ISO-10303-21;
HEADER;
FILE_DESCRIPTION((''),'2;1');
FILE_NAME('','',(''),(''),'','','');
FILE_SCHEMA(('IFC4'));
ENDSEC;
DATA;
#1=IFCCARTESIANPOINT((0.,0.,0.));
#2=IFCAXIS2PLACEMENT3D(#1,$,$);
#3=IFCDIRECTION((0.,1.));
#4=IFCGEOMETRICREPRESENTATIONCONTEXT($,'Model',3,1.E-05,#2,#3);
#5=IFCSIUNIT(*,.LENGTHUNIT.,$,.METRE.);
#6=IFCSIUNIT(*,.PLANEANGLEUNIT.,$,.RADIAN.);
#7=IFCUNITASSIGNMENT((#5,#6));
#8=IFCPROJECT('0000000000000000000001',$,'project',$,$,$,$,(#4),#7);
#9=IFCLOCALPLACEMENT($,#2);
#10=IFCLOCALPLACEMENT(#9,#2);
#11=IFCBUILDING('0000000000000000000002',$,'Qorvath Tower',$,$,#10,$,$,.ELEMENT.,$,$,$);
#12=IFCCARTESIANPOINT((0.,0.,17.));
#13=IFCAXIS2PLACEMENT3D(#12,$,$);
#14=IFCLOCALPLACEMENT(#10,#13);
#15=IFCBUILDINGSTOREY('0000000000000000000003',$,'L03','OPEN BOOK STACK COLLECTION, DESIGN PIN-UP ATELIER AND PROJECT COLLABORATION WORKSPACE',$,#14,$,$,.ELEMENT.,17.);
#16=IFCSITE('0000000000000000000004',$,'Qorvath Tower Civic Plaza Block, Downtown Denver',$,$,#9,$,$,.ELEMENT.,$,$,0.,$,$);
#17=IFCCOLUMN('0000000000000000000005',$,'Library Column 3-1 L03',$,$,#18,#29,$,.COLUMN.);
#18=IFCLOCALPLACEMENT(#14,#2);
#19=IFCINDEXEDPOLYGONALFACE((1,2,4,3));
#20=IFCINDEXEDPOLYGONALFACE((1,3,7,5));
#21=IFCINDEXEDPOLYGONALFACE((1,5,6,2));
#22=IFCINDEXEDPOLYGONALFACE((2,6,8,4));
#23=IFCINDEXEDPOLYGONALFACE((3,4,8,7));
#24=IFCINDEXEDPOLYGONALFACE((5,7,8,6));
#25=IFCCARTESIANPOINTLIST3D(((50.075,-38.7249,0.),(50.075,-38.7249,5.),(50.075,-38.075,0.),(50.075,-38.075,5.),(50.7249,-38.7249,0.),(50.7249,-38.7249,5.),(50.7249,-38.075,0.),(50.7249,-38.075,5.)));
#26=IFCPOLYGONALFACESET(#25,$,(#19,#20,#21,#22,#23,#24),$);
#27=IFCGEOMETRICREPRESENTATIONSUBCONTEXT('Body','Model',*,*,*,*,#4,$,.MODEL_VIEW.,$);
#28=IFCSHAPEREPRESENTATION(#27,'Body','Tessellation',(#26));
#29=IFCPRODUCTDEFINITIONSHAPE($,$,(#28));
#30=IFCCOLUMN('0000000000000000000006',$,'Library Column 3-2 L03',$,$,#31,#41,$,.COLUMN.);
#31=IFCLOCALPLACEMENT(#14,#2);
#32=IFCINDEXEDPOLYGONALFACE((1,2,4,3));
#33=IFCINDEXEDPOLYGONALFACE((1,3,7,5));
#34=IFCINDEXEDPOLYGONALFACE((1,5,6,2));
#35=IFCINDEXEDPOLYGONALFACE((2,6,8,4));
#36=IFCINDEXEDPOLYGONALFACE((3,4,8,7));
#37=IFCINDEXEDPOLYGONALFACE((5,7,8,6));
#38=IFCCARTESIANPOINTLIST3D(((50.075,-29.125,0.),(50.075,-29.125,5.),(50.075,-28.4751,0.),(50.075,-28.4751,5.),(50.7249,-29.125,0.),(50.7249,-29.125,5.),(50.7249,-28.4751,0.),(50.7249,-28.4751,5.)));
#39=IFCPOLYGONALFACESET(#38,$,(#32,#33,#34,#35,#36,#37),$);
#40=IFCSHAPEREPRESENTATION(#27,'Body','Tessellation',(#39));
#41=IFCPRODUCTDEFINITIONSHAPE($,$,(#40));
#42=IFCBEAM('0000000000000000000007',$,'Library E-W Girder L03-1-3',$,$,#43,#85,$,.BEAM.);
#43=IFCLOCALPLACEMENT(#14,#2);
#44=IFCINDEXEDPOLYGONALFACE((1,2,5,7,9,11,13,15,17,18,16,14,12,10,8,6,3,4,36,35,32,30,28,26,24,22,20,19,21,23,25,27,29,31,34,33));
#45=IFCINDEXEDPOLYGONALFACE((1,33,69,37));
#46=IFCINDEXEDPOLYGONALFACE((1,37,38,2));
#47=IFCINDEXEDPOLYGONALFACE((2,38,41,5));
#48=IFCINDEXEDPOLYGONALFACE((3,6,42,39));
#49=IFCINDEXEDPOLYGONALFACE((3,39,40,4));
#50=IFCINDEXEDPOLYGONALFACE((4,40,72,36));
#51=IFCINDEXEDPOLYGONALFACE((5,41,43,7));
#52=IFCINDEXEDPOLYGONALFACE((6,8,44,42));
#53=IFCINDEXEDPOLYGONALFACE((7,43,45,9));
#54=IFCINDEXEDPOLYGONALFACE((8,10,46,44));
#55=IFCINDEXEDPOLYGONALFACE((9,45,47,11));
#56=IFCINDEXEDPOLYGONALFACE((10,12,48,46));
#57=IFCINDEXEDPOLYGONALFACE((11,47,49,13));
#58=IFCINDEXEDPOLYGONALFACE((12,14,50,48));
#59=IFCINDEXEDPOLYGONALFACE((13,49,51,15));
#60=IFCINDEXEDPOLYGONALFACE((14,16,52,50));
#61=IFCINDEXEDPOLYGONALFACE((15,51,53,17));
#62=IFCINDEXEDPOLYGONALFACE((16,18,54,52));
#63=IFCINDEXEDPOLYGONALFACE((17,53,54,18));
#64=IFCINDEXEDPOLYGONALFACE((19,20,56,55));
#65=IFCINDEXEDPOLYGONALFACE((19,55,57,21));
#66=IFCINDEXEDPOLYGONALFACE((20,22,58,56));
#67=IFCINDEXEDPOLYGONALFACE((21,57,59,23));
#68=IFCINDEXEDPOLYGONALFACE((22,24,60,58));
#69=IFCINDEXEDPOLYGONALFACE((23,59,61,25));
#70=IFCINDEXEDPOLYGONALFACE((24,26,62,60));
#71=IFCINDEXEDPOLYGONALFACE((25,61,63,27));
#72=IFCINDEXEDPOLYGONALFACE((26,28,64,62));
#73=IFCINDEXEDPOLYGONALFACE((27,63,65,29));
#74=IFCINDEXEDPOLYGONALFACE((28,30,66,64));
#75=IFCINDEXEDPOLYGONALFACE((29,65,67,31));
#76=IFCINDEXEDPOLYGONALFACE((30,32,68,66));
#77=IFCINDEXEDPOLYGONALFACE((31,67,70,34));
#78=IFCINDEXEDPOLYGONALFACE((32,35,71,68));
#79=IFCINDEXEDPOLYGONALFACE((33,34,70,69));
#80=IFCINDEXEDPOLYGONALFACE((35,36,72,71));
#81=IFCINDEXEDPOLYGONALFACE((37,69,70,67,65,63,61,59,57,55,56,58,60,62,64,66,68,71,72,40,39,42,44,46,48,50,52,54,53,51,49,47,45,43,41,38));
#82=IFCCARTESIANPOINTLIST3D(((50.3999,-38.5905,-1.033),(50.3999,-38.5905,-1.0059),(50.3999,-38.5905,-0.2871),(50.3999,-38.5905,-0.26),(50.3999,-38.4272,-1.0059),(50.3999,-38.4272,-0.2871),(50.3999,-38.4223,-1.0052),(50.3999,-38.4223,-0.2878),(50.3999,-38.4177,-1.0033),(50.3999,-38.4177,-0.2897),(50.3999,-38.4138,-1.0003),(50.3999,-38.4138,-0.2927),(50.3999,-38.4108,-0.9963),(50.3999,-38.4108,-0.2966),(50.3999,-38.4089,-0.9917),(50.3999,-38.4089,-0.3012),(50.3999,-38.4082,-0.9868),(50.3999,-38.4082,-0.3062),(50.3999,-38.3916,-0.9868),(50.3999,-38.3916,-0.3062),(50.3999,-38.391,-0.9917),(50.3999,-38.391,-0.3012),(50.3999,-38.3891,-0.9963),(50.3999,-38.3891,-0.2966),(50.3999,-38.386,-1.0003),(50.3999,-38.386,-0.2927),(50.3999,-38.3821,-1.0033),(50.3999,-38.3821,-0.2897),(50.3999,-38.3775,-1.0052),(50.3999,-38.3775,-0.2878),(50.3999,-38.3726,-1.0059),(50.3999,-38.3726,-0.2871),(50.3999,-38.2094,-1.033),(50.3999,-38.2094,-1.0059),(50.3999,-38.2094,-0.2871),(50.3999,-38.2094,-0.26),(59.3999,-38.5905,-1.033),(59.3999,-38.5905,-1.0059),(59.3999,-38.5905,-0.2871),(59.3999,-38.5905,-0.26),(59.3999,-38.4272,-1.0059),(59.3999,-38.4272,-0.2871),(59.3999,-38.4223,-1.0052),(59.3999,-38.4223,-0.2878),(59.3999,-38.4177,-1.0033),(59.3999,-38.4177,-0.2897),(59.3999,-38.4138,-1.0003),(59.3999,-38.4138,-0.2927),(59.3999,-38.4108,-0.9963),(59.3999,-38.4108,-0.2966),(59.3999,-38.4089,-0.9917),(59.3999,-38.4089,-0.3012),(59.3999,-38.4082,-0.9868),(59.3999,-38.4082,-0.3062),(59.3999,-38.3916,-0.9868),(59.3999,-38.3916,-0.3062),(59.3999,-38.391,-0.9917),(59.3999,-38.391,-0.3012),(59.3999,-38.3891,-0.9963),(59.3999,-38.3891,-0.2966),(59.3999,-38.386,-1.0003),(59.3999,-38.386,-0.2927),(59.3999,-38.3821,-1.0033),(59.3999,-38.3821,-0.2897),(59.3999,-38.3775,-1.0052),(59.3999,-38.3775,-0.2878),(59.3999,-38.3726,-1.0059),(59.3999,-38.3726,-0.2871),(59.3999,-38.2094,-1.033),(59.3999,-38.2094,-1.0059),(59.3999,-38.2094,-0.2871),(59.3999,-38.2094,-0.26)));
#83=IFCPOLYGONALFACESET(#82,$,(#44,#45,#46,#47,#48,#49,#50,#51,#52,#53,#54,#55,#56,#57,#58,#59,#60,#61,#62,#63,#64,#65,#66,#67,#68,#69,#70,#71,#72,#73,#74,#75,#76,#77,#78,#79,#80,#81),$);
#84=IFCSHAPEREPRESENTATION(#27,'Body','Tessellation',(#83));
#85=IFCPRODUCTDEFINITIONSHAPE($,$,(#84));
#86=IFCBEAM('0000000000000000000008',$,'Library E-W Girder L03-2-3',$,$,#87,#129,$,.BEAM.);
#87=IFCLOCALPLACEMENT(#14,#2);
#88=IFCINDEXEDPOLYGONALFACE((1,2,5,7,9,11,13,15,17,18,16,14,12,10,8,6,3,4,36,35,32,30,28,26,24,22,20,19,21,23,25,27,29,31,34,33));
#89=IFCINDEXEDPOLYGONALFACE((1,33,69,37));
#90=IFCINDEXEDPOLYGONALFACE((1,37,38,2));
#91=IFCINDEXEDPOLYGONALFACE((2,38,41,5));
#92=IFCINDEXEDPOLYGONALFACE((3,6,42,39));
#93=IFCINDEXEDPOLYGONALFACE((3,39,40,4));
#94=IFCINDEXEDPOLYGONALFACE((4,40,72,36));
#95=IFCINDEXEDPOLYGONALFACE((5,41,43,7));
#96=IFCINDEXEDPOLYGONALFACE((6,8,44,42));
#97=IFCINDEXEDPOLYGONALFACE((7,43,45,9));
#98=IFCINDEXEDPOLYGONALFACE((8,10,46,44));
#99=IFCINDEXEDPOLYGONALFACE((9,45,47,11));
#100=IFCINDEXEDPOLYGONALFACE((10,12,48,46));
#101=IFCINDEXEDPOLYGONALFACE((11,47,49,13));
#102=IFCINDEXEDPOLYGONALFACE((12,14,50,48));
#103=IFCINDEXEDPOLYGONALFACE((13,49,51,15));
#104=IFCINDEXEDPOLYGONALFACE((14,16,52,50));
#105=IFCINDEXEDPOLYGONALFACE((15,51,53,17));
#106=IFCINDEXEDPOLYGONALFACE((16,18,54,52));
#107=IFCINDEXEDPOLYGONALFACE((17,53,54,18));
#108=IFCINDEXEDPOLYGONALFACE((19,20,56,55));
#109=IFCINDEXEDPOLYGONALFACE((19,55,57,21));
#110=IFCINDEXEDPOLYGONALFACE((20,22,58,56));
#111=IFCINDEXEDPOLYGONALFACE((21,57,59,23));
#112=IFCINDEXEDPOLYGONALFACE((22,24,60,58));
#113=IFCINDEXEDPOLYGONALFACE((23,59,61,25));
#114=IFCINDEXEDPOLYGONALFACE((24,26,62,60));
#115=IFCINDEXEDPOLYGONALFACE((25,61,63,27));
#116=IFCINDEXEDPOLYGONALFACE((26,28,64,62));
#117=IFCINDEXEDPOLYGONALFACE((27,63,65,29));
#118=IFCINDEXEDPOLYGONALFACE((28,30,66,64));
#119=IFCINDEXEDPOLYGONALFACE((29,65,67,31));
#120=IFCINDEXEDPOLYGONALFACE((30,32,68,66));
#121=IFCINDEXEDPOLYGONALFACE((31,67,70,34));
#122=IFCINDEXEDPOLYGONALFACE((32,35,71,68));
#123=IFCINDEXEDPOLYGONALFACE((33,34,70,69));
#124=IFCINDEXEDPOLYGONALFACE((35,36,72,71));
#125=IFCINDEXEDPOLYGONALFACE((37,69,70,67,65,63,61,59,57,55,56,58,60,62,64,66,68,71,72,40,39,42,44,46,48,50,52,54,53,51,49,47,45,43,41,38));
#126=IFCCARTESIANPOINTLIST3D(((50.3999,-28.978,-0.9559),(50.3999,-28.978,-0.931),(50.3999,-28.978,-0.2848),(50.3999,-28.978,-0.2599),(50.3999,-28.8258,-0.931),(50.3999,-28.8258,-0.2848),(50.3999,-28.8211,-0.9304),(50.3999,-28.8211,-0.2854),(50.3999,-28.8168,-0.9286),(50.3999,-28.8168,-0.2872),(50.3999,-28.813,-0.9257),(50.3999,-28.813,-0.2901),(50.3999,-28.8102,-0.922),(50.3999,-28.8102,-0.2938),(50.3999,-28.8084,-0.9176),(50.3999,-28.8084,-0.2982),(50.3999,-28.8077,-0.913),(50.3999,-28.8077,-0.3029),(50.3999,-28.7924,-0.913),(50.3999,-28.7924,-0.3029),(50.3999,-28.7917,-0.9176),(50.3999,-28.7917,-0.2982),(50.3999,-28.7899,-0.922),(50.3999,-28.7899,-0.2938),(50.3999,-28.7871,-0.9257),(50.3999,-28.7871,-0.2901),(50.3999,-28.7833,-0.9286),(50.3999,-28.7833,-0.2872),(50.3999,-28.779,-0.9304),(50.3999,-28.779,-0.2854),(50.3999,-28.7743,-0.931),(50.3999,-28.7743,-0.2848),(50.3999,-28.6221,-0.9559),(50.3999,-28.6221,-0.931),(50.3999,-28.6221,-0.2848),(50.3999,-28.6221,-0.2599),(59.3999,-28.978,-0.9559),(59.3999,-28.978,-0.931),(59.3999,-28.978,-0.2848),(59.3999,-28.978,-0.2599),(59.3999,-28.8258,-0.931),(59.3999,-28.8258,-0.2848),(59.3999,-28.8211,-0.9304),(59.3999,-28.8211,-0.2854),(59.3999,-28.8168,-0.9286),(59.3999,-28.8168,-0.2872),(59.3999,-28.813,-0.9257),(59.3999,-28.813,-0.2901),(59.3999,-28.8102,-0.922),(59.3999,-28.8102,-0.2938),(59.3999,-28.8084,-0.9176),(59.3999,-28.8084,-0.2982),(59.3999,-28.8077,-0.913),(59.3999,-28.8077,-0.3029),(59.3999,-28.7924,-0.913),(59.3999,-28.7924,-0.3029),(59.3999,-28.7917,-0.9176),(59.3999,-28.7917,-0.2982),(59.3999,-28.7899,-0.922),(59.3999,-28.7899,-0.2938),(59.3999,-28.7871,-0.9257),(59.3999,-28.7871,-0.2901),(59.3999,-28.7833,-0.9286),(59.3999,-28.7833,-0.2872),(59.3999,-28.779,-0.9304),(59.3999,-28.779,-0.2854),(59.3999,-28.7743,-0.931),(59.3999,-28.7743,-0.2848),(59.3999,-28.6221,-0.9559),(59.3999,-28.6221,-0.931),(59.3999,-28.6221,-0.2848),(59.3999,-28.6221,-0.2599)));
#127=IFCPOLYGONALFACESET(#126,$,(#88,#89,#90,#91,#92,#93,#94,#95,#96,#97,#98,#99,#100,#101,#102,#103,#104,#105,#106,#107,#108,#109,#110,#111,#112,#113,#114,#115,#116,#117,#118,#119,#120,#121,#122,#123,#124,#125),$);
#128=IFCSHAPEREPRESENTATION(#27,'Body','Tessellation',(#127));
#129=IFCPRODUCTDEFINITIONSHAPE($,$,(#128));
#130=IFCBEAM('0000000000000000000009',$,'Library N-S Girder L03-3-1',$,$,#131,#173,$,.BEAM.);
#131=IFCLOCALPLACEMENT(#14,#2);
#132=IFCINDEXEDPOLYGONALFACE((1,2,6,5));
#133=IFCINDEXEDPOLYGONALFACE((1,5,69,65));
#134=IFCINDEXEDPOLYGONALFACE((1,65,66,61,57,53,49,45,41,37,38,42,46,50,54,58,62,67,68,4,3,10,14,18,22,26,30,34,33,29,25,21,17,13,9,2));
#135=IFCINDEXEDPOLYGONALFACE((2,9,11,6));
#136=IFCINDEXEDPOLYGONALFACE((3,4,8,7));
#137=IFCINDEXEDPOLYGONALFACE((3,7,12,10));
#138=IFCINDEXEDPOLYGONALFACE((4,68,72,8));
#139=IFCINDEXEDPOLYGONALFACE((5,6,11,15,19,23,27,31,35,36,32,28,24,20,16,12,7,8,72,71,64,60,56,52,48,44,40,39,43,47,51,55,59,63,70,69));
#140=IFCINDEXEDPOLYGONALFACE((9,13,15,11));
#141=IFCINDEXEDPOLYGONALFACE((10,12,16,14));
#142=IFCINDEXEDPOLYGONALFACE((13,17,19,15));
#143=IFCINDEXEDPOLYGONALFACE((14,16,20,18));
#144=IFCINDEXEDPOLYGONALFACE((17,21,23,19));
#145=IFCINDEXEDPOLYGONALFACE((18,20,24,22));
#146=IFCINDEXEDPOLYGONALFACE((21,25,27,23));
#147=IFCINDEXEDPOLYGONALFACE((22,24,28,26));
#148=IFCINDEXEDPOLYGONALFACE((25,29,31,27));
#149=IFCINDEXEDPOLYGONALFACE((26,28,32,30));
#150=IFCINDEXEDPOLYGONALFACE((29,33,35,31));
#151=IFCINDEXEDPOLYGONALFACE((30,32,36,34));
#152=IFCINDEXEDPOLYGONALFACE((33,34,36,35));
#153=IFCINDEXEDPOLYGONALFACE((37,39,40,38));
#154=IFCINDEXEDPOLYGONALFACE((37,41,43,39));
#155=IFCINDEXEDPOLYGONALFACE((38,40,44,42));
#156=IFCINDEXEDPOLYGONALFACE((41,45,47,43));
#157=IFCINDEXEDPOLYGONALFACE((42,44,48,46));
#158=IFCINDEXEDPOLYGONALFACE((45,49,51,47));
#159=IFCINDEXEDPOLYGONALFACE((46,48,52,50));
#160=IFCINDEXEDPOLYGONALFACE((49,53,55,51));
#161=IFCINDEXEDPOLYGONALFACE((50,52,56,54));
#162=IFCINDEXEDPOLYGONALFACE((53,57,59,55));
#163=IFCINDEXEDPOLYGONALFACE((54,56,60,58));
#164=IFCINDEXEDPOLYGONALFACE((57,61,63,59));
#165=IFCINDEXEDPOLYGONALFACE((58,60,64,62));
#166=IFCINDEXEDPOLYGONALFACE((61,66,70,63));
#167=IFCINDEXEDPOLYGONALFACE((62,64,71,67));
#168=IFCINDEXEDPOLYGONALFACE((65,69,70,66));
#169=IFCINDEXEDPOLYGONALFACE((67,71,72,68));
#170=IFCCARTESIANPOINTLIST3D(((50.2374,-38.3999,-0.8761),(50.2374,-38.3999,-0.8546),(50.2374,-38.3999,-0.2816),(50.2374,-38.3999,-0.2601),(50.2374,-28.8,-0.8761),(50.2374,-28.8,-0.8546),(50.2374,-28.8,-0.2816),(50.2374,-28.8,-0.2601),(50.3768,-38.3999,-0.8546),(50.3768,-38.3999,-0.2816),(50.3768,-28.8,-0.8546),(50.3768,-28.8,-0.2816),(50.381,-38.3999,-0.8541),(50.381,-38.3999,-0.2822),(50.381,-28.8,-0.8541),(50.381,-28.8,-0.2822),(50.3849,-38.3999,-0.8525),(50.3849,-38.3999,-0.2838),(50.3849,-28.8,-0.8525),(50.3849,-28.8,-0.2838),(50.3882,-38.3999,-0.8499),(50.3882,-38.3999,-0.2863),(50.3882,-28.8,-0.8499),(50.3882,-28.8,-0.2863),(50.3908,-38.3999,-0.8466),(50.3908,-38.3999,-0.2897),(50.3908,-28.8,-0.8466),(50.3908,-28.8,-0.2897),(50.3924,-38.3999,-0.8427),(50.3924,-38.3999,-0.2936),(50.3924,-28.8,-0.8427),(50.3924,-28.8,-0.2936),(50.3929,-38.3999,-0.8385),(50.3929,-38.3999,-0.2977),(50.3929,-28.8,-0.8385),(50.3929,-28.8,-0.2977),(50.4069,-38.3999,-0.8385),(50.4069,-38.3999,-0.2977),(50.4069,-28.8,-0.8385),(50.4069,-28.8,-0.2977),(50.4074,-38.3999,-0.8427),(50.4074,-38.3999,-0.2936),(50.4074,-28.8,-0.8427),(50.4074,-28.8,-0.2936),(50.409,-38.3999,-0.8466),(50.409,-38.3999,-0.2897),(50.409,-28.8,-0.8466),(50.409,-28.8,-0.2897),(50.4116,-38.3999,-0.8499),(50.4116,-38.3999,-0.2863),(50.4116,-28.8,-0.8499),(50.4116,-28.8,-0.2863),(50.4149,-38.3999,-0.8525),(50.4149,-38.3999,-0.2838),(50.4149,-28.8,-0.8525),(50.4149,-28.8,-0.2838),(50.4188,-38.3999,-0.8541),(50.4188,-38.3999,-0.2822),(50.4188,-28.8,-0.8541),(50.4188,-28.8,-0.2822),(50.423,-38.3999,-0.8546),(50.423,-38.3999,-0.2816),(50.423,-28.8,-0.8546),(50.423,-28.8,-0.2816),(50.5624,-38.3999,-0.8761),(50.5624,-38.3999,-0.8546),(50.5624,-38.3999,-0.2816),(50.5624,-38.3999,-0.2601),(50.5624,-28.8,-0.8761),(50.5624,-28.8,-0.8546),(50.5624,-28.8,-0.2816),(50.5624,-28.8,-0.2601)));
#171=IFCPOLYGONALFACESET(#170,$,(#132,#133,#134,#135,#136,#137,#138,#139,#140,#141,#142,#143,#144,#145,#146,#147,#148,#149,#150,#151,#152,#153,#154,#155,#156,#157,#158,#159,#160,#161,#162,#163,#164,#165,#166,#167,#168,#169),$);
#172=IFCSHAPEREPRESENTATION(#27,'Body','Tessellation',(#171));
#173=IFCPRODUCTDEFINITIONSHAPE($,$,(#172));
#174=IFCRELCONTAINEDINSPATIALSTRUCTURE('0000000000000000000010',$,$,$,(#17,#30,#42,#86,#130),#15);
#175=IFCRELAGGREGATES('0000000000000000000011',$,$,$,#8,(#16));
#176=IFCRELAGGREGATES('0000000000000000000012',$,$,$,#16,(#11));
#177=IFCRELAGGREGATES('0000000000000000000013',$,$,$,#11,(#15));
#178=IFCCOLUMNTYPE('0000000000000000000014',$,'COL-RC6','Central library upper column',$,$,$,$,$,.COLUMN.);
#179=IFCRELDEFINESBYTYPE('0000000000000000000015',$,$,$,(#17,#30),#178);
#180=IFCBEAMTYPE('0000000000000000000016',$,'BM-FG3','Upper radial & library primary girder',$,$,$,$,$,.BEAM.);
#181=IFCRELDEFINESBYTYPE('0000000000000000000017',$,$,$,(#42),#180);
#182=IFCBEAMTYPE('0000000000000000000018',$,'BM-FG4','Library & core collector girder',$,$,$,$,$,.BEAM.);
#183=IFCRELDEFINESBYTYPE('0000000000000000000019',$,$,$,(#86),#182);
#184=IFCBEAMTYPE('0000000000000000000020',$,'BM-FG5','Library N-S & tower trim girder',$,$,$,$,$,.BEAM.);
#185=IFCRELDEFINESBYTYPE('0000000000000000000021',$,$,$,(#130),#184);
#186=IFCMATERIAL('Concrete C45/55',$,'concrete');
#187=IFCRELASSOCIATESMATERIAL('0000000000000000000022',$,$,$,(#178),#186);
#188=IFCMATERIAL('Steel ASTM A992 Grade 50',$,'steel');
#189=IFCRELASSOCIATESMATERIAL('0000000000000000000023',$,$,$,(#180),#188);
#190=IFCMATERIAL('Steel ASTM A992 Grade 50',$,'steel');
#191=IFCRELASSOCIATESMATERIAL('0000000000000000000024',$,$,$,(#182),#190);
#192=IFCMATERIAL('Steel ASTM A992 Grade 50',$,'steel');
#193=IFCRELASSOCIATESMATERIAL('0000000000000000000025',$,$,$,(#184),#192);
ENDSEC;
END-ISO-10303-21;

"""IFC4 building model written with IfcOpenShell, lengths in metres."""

from ifc_helpers import new_model, si_unit, direction, frame, origin, origin_2d, place, context, subcontext, project, spatial, rectangle, i_section, extrude, material, material_profile, profile_set, type_object, element, save


model = new_model("IFC4")

# Units and contexts
model_context = context("Model", 3, precision=1e-05, world=origin(), true_north=direction((0.0, 1.0)))
body_context = subcontext(model_context, "Body", "Model", "MODEL_VIEW")
ifc_project = project(units=[si_unit("LENGTHUNIT", "METRE"), si_unit("PLANEANGLEUNIT", "RADIAN")], contexts=[model_context])

# Site, building, storey
site_placement = place(None, origin())
site = spatial("IfcSite", under=ifc_project, at=site_placement, Name="Qorvath Tower Civic Plaza Block, Downtown Denver", CompositionType="ELEMENT", RefElevation=0.0)
building_placement = place(site_placement, origin())
building = spatial("IfcBuilding", under=site, at=building_placement, Name="Qorvath Tower", CompositionType="ELEMENT")
storey_placement = place(building_placement, frame((0.0, 0.0, 17.0)))
storey = spatial("IfcBuildingStorey", under=building, at=storey_placement, Name="L03", Description="OPEN BOOK STACK COLLECTION, DESIGN PIN-UP ATELIER AND PROJECT COLLABORATION WORKSPACE", CompositionType="ELEMENT", Elevation=17.0)

# Columns
ifc_material_1 = material(Name="Concrete C45/55", Category="concrete")
ifc_material_profile_1 = material_profile(ifc_material_1, rectangle(XDim=0.6499, YDim=0.6499, at=origin_2d()), Name="RC 650x650")
ifc_profile_set_1 = profile_set([ifc_material_profile_1], Name="Concrete C45/55")
column_type = type_object("IfcColumnType", Name="COL-RC6", Description="Central library upper column", PredefinedType="COLUMN", material=ifc_profile_set_1)
for number, where, z_axis, x_axis, name in (
    (1, (50.3999, -38.3999, 0.0), (0.0, 0.0, 1.0), (1.0, 0.0, 0.0), "Library Column 3-1 L03"),
    (2, (50.3999, -28.8, 0.0), (0.0, 0.0, 1.0), (1.0, 0.0, 0.0), "Library Column 3-2 L03"),
):
    element("IfcColumn", number, at=place(storey_placement, frame(where, z_axis=z_axis, x_axis=x_axis)), inside=storey, type_object=column_type, Name=name, PredefinedType="COLUMN", context=body_context, shape_type="SweptSolid", body=[
        extrude(rectangle(XDim=0.6499, YDim=0.6499, at=origin_2d()), origin(), (0.0, 0.0, 1.0), 5.0),
    ])

# Beams
ifc_material_2 = material(Name="Steel ASTM A992 Grade 50", Category="steel")
ifc_material_profile_2 = material_profile(ifc_material_2, i_section(OverallWidth=0.3811, OverallDepth=0.7729, WebThickness=0.0166, FlangeThickness=0.0271, FilletRadius=0.019, at=origin_2d()), Name="W30x173")
ifc_profile_set_2 = profile_set([ifc_material_profile_2], Name="Steel ASTM A992 Grade 50")
beam_type_1 = type_object("IfcBeamType", Name="BM-FG3", Description="Upper radial & library primary girder", PredefinedType="BEAM", material=ifc_profile_set_2)
beam_1_placement = place(storey_placement, frame((50.3999, -38.3999, -0.6465), z_axis=(1.0, 0.0, 0.0), x_axis=(0.0, 1.0, 0.0)))
element("IfcBeam", 3, at=beam_1_placement, inside=storey, type_object=beam_type_1, Name="Library E-W Girder L03-1-3", PredefinedType="BEAM", context=body_context, shape_type="SweptSolid", body=[
    extrude(i_section(OverallWidth=0.3811, OverallDepth=0.7729, WebThickness=0.0166, FlangeThickness=0.0271, FilletRadius=0.019, at=origin_2d()), origin(), (0.0, 0.0, 1.0), 9.0),
])
ifc_material_3 = material(Name="Steel ASTM A992 Grade 50", Category="steel")
ifc_material_profile_3 = material_profile(ifc_material_3, i_section(OverallWidth=0.356, OverallDepth=0.696, WebThickness=0.0154, FlangeThickness=0.0249, FilletRadius=0.0181, at=origin_2d()), Name="W27x146")
ifc_profile_set_3 = profile_set([ifc_material_profile_3], Name="Steel ASTM A992 Grade 50")
beam_type_2 = type_object("IfcBeamType", Name="BM-FG4", Description="Library & core collector girder", PredefinedType="BEAM", material=ifc_profile_set_3)
beam_2_placement = place(storey_placement, frame((50.3999, -28.8, -0.6079), z_axis=(1.0, 0.0, 0.0), x_axis=(0.0, 1.0, 0.0)))
element("IfcBeam", 4, at=beam_2_placement, inside=storey, type_object=beam_type_2, Name="Library E-W Girder L03-2-3", PredefinedType="BEAM", context=body_context, shape_type="SweptSolid", body=[
    extrude(i_section(OverallWidth=0.356, OverallDepth=0.696, WebThickness=0.0154, FlangeThickness=0.0249, FilletRadius=0.0181, at=origin_2d()), origin(), (0.0, 0.0, 1.0), 9.0),
])
ifc_material_4 = material(Name="Steel ASTM A992 Grade 50", Category="steel")
ifc_material_profile_4 = material_profile(ifc_material_4, i_section(OverallWidth=0.325, OverallDepth=0.616, WebThickness=0.0139, FlangeThickness=0.0215, FilletRadius=0.0161, at=origin_2d()), Name="W24x117")
ifc_profile_set_4 = profile_set([ifc_material_profile_4], Name="Steel ASTM A992 Grade 50")
beam_type_3 = type_object("IfcBeamType", Name="BM-FG5", Description="Library N-S & tower trim girder", PredefinedType="BEAM", material=ifc_profile_set_4)
beam_3_placement = place(storey_placement, frame((50.3999, -38.3999, -0.5681), z_axis=(0.0, 1.0, 0.0), x_axis=(-1.0, 0.0, 0.0)))
element("IfcBeam", 5, at=beam_3_placement, inside=storey, type_object=beam_type_3, Name="Library N-S Girder L03-3-1", PredefinedType="BEAM", context=body_context, shape_type="SweptSolid", body=[
    extrude(i_section(OverallWidth=0.325, OverallDepth=0.616, WebThickness=0.0139, FlangeThickness=0.0215, FilletRadius=0.0161, at=origin_2d()), origin(), (0.0, 0.0, 1.0), 9.5999),
])

save(model, "model.ifc")
